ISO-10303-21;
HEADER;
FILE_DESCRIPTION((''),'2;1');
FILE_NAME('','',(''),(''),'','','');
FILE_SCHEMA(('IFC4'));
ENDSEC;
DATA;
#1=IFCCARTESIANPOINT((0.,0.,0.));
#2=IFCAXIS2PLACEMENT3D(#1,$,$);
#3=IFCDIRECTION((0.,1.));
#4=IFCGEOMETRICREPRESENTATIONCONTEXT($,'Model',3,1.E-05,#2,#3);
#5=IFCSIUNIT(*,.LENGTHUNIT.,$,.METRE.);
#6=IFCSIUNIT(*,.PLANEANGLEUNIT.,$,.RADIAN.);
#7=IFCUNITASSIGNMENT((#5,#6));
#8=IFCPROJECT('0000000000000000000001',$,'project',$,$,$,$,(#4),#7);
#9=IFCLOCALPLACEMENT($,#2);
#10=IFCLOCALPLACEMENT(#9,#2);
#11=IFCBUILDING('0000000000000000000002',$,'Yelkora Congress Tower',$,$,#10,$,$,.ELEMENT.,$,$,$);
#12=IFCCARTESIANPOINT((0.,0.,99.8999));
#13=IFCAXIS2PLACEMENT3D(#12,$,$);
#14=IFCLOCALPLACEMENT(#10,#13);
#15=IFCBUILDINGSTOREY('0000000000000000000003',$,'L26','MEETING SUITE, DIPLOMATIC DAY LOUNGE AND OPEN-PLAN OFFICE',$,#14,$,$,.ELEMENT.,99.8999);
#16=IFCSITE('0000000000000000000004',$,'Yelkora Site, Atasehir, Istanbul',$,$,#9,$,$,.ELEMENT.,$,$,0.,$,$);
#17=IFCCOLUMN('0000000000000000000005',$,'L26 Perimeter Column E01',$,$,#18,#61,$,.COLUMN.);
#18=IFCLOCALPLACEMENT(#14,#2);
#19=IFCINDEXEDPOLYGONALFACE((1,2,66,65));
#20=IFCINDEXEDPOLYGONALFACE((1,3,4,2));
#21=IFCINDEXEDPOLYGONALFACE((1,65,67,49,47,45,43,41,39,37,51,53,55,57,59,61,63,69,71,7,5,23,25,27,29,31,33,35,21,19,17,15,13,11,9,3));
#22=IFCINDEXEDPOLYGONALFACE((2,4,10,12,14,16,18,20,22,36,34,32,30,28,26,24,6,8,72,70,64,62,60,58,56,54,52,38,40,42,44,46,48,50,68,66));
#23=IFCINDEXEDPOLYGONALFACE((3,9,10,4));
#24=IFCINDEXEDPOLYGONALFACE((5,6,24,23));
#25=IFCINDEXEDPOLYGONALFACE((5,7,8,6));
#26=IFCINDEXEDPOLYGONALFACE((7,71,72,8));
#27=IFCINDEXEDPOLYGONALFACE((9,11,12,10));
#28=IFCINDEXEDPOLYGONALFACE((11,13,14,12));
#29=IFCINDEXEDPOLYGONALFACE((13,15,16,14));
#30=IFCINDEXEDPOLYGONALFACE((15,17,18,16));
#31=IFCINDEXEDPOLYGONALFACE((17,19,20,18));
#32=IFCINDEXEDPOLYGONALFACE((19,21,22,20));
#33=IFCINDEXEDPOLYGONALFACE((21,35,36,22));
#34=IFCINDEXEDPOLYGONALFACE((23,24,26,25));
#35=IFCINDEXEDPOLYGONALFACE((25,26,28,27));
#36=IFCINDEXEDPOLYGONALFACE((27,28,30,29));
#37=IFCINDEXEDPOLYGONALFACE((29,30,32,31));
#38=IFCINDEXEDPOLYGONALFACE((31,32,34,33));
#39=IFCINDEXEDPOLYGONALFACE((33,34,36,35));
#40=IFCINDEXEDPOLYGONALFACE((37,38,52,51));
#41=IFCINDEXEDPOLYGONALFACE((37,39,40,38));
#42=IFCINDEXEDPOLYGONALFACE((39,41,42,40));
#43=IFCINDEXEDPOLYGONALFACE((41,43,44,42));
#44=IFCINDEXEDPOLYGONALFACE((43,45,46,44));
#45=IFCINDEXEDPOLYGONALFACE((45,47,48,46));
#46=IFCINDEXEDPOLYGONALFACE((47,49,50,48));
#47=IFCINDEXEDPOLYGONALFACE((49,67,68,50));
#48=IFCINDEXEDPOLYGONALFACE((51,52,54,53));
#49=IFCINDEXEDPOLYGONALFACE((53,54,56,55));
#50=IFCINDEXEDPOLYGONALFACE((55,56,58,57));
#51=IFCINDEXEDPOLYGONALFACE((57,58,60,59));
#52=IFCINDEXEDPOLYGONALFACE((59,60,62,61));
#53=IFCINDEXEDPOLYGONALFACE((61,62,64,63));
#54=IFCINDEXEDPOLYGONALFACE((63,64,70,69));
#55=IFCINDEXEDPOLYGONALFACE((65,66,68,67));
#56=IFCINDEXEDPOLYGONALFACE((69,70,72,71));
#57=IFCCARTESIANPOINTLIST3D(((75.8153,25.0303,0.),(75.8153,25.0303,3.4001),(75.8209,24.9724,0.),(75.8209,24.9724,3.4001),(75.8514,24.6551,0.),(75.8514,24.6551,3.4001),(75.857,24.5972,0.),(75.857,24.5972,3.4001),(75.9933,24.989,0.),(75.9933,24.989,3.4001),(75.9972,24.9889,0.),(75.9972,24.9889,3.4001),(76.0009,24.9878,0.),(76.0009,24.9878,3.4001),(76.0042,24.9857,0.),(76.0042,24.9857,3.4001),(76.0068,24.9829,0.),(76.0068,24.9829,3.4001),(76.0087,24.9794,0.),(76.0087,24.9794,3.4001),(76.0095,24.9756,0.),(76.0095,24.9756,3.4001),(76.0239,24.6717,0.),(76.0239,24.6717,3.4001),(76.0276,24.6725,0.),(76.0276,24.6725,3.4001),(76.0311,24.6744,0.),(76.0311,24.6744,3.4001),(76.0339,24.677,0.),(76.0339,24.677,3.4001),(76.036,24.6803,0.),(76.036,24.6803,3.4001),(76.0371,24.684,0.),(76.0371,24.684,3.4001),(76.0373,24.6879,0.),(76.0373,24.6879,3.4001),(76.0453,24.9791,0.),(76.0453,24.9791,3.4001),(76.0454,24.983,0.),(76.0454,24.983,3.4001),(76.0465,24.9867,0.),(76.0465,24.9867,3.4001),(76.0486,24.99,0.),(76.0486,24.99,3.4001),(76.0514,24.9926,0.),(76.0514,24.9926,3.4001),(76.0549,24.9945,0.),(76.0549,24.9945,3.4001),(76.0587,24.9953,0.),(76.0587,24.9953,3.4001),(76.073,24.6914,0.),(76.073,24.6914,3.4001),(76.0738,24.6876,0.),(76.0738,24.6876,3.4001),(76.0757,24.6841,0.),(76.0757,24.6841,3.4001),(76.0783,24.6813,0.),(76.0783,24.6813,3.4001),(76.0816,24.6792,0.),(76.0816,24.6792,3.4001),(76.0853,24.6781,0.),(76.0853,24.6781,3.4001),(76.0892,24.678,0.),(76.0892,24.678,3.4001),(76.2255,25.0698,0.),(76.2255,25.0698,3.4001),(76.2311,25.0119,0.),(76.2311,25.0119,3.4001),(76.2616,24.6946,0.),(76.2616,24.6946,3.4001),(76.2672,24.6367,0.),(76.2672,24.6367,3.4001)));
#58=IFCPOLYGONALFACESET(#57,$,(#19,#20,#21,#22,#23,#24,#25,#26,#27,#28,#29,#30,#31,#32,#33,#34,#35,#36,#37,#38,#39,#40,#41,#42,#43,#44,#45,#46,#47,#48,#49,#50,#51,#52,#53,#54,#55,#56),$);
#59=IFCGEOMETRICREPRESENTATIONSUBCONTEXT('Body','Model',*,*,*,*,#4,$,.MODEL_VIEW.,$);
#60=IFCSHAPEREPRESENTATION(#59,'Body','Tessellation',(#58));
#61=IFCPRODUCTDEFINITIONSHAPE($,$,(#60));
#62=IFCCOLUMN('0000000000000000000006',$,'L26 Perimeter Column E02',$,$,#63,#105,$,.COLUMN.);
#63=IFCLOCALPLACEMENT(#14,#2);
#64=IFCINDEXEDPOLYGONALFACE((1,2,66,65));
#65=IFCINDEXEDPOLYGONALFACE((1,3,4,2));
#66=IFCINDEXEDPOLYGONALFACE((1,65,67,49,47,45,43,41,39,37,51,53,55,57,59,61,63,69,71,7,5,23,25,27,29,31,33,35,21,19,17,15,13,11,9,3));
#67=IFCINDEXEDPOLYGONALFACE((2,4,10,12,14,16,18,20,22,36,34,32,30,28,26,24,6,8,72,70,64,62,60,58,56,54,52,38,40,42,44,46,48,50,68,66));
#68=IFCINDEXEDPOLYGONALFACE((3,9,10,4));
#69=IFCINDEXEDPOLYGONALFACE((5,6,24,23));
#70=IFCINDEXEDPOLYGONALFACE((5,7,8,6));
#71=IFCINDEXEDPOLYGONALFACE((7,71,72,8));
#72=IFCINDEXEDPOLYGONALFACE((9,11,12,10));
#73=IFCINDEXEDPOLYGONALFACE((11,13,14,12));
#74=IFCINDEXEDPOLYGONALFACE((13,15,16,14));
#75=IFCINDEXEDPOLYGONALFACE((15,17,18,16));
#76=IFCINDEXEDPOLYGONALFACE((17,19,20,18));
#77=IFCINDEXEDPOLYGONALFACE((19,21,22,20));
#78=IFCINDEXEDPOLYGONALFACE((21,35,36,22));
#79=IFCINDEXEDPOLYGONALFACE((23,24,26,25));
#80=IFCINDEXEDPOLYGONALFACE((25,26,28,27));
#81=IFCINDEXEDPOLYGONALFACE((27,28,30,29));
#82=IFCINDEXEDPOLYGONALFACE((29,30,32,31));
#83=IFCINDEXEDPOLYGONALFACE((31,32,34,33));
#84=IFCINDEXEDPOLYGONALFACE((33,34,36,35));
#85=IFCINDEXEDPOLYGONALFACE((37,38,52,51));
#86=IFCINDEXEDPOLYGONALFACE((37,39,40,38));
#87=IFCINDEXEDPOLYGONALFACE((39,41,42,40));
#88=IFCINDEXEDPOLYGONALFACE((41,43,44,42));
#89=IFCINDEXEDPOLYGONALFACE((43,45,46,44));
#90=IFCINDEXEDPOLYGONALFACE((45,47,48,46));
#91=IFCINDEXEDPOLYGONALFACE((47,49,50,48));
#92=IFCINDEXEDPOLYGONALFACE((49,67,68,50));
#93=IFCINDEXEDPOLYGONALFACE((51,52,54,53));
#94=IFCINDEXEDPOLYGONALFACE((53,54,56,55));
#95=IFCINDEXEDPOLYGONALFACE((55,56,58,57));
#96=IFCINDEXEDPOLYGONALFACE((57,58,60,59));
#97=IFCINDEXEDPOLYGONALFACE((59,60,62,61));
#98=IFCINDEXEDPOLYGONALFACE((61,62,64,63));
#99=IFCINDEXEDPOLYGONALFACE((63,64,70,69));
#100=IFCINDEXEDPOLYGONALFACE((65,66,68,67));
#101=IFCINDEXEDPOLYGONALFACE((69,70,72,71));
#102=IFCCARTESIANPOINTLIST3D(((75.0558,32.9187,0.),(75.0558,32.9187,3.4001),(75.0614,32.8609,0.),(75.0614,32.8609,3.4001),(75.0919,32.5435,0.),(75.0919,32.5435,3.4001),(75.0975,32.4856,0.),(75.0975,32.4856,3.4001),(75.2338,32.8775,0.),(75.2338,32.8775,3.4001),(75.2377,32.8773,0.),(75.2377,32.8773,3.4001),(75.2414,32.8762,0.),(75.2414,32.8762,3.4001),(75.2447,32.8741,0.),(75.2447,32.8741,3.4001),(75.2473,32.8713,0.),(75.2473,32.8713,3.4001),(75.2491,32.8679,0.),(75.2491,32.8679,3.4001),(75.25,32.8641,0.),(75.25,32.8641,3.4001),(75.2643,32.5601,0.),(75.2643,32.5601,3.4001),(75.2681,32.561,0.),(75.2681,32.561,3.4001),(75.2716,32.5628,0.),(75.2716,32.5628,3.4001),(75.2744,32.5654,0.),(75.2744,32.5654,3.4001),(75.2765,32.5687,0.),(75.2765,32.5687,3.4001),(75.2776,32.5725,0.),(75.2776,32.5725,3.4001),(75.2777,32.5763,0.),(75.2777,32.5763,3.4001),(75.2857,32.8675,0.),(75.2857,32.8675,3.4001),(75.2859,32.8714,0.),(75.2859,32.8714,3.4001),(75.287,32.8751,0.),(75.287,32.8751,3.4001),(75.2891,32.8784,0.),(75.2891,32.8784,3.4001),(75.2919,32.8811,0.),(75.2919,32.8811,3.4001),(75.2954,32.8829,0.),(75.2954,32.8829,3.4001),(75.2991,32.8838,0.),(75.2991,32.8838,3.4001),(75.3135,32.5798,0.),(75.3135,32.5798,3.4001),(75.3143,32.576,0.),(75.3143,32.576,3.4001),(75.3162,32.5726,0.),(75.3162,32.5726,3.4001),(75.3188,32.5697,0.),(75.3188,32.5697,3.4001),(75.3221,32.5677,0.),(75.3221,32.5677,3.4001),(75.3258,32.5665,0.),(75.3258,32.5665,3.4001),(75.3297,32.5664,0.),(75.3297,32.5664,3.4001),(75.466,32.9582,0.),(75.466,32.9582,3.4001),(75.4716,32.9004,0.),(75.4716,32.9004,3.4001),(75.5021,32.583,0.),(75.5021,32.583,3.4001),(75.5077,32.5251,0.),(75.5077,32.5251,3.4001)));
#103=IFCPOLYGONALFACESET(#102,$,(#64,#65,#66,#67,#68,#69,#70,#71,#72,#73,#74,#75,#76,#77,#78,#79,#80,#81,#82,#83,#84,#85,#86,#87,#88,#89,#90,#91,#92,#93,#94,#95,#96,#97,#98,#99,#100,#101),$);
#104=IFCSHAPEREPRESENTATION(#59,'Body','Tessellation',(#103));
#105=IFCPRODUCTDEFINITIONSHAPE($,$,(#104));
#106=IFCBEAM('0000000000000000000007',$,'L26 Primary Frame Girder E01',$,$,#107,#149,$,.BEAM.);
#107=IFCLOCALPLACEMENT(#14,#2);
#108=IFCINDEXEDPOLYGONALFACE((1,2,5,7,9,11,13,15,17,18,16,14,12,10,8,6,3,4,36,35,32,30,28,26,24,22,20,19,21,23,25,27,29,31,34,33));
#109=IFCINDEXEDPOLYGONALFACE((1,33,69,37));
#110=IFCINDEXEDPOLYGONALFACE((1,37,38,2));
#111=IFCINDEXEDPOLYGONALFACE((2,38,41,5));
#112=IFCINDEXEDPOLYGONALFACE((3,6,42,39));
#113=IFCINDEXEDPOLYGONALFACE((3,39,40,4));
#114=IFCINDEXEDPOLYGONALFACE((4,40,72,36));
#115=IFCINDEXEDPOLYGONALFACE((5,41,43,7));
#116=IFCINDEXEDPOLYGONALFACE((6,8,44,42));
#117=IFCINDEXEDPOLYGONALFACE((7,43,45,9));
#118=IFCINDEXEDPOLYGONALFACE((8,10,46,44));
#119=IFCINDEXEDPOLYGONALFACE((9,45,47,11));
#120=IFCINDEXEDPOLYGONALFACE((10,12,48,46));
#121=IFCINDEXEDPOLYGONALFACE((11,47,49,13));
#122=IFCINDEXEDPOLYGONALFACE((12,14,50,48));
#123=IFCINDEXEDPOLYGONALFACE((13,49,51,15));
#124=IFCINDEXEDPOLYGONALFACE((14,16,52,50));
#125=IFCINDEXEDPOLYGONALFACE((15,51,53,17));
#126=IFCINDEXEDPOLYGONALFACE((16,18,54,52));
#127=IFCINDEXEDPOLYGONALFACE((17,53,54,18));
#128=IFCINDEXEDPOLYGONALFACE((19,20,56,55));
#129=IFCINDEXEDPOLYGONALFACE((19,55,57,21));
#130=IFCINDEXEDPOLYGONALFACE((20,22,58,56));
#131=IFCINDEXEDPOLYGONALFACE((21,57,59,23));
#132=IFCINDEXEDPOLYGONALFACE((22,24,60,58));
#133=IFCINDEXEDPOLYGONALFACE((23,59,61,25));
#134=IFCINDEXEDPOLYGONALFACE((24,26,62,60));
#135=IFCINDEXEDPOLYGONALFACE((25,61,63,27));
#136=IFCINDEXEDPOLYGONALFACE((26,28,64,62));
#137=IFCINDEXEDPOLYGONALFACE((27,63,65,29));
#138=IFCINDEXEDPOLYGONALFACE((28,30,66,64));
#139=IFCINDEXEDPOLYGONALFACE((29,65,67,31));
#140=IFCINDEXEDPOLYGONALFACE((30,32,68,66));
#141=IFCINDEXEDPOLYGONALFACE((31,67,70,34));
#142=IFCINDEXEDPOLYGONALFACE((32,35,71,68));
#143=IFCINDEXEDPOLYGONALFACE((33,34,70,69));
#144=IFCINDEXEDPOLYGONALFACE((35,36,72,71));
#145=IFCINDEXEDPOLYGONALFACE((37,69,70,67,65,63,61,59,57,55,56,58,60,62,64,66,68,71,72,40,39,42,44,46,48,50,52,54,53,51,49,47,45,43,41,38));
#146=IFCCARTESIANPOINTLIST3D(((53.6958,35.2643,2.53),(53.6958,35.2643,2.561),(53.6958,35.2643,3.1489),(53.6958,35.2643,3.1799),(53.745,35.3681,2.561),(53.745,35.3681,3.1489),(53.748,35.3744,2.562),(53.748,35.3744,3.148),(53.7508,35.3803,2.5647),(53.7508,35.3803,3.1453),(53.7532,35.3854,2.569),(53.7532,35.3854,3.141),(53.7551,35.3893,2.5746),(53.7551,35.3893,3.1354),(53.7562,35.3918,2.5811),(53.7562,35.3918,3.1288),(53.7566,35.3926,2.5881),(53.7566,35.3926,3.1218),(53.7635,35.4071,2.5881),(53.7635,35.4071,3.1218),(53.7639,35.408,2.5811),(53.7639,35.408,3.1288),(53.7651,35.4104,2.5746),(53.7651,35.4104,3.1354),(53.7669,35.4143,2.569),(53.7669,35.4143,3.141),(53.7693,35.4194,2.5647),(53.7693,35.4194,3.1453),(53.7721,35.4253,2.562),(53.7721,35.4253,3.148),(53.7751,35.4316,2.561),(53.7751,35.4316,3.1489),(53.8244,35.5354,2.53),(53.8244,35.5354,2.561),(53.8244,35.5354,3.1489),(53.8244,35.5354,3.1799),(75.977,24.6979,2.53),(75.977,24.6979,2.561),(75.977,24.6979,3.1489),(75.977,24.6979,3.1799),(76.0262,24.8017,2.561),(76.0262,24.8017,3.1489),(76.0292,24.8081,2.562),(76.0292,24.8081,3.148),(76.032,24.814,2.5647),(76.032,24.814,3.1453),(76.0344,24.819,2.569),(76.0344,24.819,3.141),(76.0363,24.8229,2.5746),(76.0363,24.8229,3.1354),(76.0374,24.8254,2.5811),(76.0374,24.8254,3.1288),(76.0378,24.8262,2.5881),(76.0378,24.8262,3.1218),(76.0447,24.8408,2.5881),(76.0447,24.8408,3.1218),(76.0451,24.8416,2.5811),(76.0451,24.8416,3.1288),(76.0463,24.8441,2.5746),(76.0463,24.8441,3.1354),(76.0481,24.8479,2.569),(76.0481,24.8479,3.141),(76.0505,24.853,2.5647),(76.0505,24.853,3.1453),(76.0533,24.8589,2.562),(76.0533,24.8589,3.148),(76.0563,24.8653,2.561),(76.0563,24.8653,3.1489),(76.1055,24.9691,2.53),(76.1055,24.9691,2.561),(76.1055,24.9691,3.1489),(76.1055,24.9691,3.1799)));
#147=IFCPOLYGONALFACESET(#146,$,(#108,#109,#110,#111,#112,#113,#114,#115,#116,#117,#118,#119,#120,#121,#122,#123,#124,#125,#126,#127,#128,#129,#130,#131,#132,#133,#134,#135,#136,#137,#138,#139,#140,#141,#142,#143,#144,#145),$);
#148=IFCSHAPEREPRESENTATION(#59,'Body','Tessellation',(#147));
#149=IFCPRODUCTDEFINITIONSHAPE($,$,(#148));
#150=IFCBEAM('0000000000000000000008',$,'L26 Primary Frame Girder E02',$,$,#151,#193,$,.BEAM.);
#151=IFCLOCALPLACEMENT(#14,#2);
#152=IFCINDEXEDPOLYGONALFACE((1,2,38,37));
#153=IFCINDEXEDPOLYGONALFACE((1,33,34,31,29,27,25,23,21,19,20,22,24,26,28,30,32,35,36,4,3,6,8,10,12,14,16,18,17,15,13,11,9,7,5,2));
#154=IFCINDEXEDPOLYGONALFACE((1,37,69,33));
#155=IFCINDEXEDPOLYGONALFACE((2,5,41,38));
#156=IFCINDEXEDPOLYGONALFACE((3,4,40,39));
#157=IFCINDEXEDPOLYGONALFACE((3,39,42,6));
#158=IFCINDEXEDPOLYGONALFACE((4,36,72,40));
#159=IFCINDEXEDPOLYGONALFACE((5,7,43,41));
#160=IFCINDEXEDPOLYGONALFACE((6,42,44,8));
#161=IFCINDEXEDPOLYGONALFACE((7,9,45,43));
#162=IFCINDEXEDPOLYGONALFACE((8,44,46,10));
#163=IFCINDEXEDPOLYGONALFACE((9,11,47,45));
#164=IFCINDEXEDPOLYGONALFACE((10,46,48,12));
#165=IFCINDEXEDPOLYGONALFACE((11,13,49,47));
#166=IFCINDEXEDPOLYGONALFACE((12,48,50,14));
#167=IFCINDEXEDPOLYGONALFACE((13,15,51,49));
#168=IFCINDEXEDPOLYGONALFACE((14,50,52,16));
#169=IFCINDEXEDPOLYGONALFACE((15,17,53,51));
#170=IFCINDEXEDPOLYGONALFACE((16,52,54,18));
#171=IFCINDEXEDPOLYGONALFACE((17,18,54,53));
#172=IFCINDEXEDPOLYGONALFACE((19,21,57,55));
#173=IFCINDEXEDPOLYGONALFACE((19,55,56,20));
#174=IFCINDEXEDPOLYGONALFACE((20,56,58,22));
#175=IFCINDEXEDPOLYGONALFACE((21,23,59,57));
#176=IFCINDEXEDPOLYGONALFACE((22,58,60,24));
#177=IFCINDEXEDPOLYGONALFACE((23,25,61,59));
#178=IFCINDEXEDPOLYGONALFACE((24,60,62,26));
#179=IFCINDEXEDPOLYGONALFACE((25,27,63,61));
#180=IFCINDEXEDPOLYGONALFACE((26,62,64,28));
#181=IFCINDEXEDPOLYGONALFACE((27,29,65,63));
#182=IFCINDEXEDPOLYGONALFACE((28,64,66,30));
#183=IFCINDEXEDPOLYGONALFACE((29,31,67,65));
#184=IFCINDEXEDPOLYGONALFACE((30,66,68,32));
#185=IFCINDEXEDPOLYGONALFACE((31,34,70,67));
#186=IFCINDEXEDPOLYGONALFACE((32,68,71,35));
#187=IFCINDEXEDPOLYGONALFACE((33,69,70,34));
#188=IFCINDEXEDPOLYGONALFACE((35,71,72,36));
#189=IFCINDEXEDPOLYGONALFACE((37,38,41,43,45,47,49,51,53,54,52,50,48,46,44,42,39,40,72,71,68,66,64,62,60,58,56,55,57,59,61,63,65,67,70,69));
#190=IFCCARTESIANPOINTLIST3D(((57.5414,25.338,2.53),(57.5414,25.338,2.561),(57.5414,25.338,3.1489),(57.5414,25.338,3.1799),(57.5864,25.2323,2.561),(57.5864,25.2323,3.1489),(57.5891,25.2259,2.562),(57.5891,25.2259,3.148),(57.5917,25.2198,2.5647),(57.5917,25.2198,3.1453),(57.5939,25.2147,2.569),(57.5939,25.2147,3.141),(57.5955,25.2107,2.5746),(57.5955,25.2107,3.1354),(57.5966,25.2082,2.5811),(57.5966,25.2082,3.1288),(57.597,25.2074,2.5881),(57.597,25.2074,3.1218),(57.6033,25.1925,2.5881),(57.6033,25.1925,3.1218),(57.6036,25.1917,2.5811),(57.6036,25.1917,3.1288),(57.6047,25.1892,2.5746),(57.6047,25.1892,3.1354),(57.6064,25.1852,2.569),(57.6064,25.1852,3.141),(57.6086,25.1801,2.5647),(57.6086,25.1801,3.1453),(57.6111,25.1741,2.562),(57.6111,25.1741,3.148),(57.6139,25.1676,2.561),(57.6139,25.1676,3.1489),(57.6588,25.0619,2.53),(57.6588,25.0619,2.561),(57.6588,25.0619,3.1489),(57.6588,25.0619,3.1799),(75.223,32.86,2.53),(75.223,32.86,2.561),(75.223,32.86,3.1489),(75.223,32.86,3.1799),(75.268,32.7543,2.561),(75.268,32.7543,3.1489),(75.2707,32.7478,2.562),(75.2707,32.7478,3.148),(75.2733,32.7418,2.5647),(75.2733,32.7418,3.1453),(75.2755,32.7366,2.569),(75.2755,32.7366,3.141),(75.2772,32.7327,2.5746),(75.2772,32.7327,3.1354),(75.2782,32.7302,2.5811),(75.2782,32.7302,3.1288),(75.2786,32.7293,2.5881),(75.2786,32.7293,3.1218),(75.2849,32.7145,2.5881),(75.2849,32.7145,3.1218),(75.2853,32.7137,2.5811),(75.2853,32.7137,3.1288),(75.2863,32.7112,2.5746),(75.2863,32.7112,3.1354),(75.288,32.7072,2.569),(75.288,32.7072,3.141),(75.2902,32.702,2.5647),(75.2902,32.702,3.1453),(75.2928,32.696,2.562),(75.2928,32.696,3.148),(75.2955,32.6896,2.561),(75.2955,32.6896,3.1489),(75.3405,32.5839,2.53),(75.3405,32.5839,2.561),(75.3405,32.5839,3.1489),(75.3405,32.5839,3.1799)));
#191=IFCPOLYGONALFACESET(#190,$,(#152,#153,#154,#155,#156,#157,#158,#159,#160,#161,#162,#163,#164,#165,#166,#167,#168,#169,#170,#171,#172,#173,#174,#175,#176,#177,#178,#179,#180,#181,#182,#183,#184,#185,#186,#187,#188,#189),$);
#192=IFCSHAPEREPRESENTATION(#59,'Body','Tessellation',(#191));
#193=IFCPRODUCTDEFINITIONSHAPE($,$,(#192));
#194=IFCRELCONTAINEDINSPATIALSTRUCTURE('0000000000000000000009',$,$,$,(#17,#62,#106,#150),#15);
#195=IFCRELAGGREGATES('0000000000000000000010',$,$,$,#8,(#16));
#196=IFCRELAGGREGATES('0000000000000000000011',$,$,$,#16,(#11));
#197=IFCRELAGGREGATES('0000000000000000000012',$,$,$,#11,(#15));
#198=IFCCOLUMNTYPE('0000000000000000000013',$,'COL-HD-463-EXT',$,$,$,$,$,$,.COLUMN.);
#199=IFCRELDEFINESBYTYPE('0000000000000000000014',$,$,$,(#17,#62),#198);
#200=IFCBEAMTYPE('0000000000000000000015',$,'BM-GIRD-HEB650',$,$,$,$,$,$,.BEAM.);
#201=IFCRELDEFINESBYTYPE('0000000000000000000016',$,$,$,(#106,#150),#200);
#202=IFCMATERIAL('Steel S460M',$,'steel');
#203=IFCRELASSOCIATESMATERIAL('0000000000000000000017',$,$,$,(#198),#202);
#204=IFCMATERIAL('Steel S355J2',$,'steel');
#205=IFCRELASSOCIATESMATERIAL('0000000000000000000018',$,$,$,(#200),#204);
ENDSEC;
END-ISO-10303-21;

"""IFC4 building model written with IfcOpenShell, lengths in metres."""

from ifc_helpers import new_model, si_unit, direction, frame, origin, origin_2d, place, context, subcontext, project, spatial, i_section, extrude, material, material_profile, profile_set, type_object, element, save


model = new_model("IFC4")

# Units and contexts
model_context = context("Model", 3, precision=1e-05, world=origin(), true_north=direction((0.0, 1.0)))
body_context = subcontext(model_context, "Body", "Model", "MODEL_VIEW")
ifc_project = project(units=[si_unit("LENGTHUNIT", "METRE"), si_unit("PLANEANGLEUNIT", "RADIAN")], contexts=[model_context])

# Site, building, storey
site_placement = place(None, origin())
site = spatial("IfcSite", under=ifc_project, at=site_placement, Name="Yelkora Site, Atasehir, Istanbul", CompositionType="ELEMENT", RefElevation=0.0)
building_placement = place(site_placement, origin())
building = spatial("IfcBuilding", under=site, at=building_placement, Name="Yelkora Congress Tower", CompositionType="ELEMENT")
storey_placement = place(building_placement, frame((0.0, 0.0, 99.8999)))
storey = spatial("IfcBuildingStorey", under=building, at=storey_placement, Name="L26", Description="MEETING SUITE, DIPLOMATIC DAY LOUNGE AND OPEN-PLAN OFFICE", CompositionType="ELEMENT", Elevation=99.8999)

# Columns
ifc_material_1 = material(Name="Steel S460M", Category="steel")
ifc_material_profile_1 = material_profile(ifc_material_1, i_section(OverallWidth=0.4121, OverallDepth=0.4351, WebThickness=0.0359, FlangeThickness=0.0581, FilletRadius=0.0149, at=origin_2d()), Name="HD 400x463")
ifc_profile_set_1 = profile_set([ifc_material_profile_1], Name="Steel S460M")
column_type = type_object("IfcColumnType", Name="COL-HD-463-EXT", PredefinedType="COLUMN", material=ifc_profile_set_1)
for number, where, z_axis, x_axis, name in (
    (1, (76.0413, 24.8335, 0.0), (0.0, 0.0, 1.0), (0.995396, 0.095846, 0.0), "L26 Perimeter Column E01"),
    (2, (75.2817, 32.7219, 0.0), (0.0, 0.0, 1.0), (0.995396, 0.095846, 0.0), "L26 Perimeter Column E02"),
):
    element("IfcColumn", number, at=place(storey_placement, frame(where, z_axis=z_axis, x_axis=x_axis)), inside=storey, type_object=column_type, Name=name, PredefinedType="COLUMN", context=body_context, shape_type="SweptSolid", body=[
        extrude(i_section(OverallWidth=0.4121, OverallDepth=0.4351, WebThickness=0.0359, FlangeThickness=0.0581, FilletRadius=0.0149, at=origin_2d()), origin(), (0.0, 0.0, 1.0), 3.4001),
    ])

# Beams
ifc_material_2 = material(Name="Steel S355J2", Category="steel")
ifc_material_profile_2 = material_profile(ifc_material_2, i_section(OverallWidth=0.3, OverallDepth=0.6499, WebThickness=0.0161, FlangeThickness=0.031, FilletRadius=0.0271, at=origin_2d()), Name="HEB 650")
ifc_profile_set_2 = profile_set([ifc_material_profile_2], Name="Steel S355J2")
beam_type_1 = type_object("IfcBeamType", Name="BM-GIRD-HEB650", PredefinedType="BEAM", material=ifc_profile_set_2)
beam_1_placement = place(storey_placement, frame((76.0413, 24.8335, 2.855), z_axis=(-0.903547, 0.428488, 0.0), x_axis=(-0.428488, -0.903547, 0.0)))
element("IfcBeam", 3, at=beam_1_placement, inside=storey, type_object=beam_type_1, Name="L26 Primary Frame Girder E01", PredefinedType="BEAM", context=body_context, shape_type="SweptSolid", body=[
    extrude(i_section(OverallWidth=0.3, OverallDepth=0.6499, WebThickness=0.0161, FlangeThickness=0.031, FilletRadius=0.0271, at=origin_2d()), origin(), (0.0, 0.0, 1.0), 24.6597),
])
beam_2_placement = place(storey_placement, frame((75.2817, 32.7219, 2.855), z_axis=(-0.920195, -0.391461, 0.0), x_axis=(0.391461, -0.920195, 0.0)))
element("IfcBeam", 4, at=beam_2_placement, inside=storey, type_object=beam_type_1, Name="L26 Primary Frame Girder E02", PredefinedType="BEAM", context=body_context, shape_type="SweptSolid", body=[
    extrude(i_section(OverallWidth=0.3, OverallDepth=0.6499, WebThickness=0.0161, FlangeThickness=0.031, FilletRadius=0.0271, at=origin_2d()), origin(), (0.0, 0.0, 1.0), 19.2151),
])

save(model, "model.ifc")
